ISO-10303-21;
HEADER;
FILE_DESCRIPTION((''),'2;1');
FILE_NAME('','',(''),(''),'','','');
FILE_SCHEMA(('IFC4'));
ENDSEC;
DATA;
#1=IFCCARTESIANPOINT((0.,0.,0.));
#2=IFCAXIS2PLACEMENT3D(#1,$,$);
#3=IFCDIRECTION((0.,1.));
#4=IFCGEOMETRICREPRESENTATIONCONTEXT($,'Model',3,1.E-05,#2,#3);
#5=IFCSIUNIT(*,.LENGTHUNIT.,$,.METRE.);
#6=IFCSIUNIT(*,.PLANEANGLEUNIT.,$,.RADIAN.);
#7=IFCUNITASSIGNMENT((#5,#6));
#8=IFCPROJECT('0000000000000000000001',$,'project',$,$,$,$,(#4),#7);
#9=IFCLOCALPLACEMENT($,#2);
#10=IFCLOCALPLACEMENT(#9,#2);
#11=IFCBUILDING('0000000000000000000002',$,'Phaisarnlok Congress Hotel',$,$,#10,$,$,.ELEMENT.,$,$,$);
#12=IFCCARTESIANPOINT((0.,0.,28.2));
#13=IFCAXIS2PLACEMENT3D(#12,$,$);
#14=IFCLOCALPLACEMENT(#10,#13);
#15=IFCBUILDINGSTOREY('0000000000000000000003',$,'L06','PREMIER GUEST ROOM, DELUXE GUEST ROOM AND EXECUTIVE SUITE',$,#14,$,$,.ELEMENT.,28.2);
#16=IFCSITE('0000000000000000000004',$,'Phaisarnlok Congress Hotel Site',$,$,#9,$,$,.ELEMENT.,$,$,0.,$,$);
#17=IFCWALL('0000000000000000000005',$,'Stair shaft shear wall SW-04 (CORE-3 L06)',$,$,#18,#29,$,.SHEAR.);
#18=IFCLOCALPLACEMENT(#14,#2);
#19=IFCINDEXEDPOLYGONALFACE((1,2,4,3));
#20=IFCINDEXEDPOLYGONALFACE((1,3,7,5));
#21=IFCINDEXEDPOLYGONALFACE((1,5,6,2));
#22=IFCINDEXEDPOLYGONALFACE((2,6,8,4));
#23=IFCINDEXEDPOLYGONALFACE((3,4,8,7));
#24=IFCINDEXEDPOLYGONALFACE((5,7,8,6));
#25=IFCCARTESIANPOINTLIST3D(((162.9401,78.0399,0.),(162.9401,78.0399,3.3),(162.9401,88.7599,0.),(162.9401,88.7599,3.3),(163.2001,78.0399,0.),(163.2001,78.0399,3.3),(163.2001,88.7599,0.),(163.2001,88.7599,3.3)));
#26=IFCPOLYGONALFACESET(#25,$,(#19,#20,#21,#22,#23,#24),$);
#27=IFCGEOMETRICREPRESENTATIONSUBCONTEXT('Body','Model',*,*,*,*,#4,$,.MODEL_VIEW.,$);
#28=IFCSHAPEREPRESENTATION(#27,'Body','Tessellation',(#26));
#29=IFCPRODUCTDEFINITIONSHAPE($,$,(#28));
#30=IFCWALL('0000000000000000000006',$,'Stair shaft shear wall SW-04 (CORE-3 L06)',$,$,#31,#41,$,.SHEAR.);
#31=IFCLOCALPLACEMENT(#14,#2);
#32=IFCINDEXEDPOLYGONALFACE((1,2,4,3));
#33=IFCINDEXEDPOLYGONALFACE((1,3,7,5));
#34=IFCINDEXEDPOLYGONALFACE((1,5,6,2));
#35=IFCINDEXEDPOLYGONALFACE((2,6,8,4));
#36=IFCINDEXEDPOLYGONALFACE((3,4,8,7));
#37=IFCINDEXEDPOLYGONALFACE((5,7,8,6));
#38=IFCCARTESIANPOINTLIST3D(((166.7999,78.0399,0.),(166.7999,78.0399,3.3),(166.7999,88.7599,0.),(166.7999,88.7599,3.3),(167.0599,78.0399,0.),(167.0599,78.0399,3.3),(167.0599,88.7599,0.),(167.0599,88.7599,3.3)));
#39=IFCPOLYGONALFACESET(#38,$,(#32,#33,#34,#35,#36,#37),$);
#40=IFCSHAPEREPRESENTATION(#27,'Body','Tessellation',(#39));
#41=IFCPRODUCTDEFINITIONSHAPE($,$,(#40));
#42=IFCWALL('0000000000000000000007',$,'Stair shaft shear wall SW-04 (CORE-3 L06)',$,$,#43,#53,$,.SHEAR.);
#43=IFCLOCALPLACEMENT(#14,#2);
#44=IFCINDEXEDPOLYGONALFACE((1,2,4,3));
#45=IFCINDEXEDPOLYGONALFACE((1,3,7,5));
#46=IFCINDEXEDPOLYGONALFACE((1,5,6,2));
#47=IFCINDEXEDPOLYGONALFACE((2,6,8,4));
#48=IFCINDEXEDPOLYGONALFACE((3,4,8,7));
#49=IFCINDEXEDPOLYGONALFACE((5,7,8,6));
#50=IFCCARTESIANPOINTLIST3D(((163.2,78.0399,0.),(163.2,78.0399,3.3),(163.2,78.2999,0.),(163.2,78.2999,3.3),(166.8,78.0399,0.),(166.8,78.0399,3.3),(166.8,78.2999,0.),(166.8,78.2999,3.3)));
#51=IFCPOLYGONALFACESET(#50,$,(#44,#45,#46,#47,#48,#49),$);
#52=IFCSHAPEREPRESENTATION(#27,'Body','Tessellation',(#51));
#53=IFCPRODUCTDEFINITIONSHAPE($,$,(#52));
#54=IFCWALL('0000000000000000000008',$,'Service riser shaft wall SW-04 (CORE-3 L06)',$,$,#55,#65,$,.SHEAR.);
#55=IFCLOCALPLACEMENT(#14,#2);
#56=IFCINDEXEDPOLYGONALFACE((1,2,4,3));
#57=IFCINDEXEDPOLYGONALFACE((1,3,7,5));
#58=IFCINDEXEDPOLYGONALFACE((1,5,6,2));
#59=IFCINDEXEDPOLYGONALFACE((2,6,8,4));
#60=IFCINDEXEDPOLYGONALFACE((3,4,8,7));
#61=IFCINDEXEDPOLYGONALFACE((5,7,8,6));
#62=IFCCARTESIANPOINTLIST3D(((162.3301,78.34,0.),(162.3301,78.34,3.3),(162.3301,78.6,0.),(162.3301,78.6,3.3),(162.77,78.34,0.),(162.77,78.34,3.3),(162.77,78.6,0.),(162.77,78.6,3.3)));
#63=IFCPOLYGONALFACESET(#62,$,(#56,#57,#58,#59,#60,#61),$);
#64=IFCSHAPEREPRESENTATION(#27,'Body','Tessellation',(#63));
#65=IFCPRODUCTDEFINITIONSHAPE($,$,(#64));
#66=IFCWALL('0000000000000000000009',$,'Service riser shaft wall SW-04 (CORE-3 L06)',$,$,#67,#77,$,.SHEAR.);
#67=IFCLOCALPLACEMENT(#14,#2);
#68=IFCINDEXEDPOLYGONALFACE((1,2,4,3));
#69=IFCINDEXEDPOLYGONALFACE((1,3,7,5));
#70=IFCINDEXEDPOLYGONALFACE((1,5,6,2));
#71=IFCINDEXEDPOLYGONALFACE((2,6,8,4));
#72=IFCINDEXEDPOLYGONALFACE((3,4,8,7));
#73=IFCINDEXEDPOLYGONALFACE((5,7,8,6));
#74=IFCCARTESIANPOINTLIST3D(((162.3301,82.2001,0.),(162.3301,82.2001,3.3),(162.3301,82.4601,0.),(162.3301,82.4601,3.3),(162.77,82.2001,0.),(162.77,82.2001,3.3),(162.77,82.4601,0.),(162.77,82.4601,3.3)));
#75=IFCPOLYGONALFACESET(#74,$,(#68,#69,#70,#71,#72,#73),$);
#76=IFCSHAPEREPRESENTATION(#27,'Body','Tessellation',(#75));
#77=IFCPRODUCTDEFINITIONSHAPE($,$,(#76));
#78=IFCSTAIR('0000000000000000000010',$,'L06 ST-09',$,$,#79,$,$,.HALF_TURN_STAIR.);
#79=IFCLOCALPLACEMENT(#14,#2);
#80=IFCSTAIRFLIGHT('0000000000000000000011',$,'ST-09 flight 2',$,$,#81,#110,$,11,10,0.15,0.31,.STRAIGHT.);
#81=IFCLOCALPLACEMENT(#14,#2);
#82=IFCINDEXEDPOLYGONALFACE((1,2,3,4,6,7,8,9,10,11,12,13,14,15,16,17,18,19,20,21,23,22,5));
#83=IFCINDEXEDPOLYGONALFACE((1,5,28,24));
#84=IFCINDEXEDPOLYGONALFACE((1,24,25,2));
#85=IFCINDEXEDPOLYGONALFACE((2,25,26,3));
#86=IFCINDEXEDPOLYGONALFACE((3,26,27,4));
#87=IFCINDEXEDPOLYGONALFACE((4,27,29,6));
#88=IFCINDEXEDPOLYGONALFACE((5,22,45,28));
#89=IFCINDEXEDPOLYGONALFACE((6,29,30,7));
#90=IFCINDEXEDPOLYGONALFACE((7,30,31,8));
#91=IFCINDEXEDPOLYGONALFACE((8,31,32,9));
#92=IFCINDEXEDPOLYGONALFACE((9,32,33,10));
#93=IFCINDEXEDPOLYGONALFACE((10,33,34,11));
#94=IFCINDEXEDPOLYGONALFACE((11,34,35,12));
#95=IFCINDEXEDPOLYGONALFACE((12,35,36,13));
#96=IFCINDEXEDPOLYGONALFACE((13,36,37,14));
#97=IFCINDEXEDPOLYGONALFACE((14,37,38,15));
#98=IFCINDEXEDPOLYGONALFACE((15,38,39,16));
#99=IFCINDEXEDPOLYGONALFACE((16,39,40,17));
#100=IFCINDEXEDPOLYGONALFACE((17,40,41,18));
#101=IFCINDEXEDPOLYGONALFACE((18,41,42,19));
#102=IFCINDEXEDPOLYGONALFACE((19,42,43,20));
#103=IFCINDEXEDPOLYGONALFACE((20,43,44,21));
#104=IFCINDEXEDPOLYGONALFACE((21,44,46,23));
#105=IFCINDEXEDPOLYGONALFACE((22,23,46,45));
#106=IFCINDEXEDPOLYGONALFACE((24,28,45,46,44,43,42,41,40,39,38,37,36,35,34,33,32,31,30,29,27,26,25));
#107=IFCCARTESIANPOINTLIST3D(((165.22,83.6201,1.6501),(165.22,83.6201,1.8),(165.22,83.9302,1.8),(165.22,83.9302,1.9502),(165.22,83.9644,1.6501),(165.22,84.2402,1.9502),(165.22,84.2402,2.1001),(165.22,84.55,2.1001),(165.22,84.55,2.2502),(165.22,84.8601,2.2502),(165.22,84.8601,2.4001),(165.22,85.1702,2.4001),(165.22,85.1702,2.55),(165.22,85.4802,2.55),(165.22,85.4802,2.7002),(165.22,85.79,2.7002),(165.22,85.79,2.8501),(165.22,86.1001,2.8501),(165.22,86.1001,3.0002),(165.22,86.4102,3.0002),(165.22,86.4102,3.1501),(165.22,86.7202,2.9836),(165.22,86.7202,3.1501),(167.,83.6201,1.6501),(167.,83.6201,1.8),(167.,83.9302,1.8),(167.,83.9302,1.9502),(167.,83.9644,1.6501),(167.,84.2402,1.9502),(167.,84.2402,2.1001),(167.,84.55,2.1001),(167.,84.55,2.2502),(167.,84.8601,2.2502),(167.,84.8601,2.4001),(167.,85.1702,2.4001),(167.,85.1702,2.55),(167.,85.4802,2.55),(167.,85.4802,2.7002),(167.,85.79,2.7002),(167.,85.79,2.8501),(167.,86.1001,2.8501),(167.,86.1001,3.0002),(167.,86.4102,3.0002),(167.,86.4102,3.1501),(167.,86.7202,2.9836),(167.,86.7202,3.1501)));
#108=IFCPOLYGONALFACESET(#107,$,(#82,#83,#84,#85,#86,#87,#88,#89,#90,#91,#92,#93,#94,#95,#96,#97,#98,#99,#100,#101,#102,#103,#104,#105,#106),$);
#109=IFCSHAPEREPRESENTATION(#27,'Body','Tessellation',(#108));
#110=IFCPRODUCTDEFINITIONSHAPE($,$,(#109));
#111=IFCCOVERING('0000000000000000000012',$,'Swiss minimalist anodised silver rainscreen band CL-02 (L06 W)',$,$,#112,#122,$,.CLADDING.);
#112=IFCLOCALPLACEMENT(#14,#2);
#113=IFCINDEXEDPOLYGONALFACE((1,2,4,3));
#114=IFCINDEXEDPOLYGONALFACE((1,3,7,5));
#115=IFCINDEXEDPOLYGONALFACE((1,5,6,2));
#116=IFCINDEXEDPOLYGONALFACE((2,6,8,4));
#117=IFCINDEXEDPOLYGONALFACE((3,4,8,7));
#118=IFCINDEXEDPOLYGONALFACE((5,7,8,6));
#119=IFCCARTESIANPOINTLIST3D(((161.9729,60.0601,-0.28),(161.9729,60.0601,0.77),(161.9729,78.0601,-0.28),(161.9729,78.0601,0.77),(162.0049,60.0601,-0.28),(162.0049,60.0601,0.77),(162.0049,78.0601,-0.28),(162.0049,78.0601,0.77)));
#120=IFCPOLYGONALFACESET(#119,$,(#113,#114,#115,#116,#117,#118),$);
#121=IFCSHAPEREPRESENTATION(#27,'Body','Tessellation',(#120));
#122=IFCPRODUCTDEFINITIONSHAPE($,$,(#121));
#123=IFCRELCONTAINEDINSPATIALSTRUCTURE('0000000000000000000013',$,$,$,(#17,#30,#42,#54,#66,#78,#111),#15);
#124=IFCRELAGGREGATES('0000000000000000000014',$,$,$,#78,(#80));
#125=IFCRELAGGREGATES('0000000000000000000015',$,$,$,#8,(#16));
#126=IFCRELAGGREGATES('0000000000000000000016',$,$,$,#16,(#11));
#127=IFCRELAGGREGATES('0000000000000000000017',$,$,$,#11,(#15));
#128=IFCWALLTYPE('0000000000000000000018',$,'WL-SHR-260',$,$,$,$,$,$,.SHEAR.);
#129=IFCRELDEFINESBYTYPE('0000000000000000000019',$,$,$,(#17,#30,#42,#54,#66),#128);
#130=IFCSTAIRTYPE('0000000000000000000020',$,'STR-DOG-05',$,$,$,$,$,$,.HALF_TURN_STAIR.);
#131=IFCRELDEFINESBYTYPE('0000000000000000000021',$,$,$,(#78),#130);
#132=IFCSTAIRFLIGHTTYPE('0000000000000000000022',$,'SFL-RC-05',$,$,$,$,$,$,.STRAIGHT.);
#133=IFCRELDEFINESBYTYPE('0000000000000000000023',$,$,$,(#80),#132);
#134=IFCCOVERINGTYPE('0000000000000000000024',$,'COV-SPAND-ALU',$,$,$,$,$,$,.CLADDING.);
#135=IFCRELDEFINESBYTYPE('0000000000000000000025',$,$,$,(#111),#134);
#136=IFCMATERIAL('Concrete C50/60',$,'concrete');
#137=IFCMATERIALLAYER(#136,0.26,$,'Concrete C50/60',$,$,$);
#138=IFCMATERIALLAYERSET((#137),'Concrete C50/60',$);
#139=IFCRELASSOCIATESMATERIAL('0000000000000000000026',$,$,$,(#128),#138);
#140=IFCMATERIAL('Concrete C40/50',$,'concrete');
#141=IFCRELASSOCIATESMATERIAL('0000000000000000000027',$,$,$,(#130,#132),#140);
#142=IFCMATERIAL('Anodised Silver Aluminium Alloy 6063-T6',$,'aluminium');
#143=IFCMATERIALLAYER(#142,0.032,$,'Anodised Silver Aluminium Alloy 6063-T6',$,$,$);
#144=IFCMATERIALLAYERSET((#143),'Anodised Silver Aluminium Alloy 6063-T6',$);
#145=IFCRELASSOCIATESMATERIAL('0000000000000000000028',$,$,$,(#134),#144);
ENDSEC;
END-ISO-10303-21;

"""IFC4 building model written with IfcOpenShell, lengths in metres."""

from ifc_helpers import new_model, si_unit, direction, frame, frame_2d, origin, place, context, subcontext, project, spatial, polyline, rectangle, outline, extrude, material, layer, layer_set, type_object, element, aggregate, save


model = new_model("IFC4")

# Units and contexts
model_context = context("Model", 3, precision=1e-05, world=origin(), true_north=direction((0.0, 1.0)))
body_context = subcontext(model_context, "Body", "Model", "MODEL_VIEW")
ifc_project = project(units=[si_unit("LENGTHUNIT", "METRE"), si_unit("PLANEANGLEUNIT", "RADIAN")], contexts=[model_context])

# Site, building, storey
site_placement = place(None, origin())
site = spatial("IfcSite", under=ifc_project, at=site_placement, Name="Phaisarnlok Congress Hotel Site", CompositionType="ELEMENT", RefElevation=0.0)
building_placement = place(site_placement, origin())
building = spatial("IfcBuilding", under=site, at=building_placement, Name="Phaisarnlok Congress Hotel", CompositionType="ELEMENT")
storey_placement = place(building_placement, frame((0.0, 0.0, 28.2)))
storey = spatial("IfcBuildingStorey", under=building, at=storey_placement, Name="L06", Description="PREMIER GUEST ROOM, DELUXE GUEST ROOM AND EXECUTIVE SUITE", CompositionType="ELEMENT", Elevation=28.2)

# Shared definitions
ifc_material_1 = material(Name="Concrete C50/60", Category="concrete")

# Shared definitions
ifc_material_2 = material(Name="Concrete C40/50", Category="concrete")

# Walls
ifc_layer_1 = layer(ifc_material_1, 0.26, Name="Concrete C50/60")
ifc_layer_set_1 = layer_set([ifc_layer_1], Name="Concrete C50/60")
wall_type_1 = type_object("IfcWallType", Name="WL-SHR-260", PredefinedType="SHEAR", material=ifc_layer_set_1)
for number, where, z_axis, x_axis, name in (
    (1, (163.0701, 78.04, 0.0), (0.0, 0.0, 1.0), (0.0, 1.0, 0.0), "Stair shaft shear wall SW-04 (CORE-3 L06)"),
    (2, (166.9299, 78.04, 0.0), (0.0, 0.0, 1.0), (0.0, 1.0, 0.0), "Stair shaft shear wall SW-04 (CORE-3 L06)"),
):
    element("IfcWall", number, at=place(storey_placement, frame(where, z_axis=z_axis, x_axis=x_axis)), inside=storey, type_object=wall_type_1, Name=name, PredefinedType="SHEAR", context=body_context, shape_type="SweptSolid", body=[
        extrude(rectangle(XDim=10.72, YDim=0.26, at=frame_2d((5.3599, 0.0))), origin(), (0.0, 0.0, 1.0), 3.3),
    ])
wall_1_placement = place(storey_placement, frame((163.2, 78.1699, 0.0), z_axis=(0.0, 0.0, 1.0), x_axis=(1.0, 0.0, 0.0)))
element("IfcWall", 3, at=wall_1_placement, inside=storey, type_object=wall_type_1, Name="Stair shaft shear wall SW-04 (CORE-3 L06)", PredefinedType="SHEAR", context=body_context, shape_type="SweptSolid", body=[
    extrude(rectangle(XDim=3.6001, YDim=0.26, at=frame_2d((1.8, 0.0))), origin(), (0.0, 0.0, 1.0), 3.3),
])
for number, where, z_axis, x_axis, name in (
    (4, (162.3301, 78.47, 0.0), (0.0, 0.0, 1.0), (1.0, 0.0, 0.0), "Service riser shaft wall SW-04 (CORE-3 L06)"),
    (5, (162.3301, 82.3301, 0.0), (0.0, 0.0, 1.0), (1.0, 0.0, 0.0), "Service riser shaft wall SW-04 (CORE-3 L06)"),
):
    element("IfcWall", number, at=place(storey_placement, frame(where, z_axis=z_axis, x_axis=x_axis)), inside=storey, type_object=wall_type_1, Name=name, PredefinedType="SHEAR", context=body_context, shape_type="SweptSolid", body=[
        extrude(rectangle(XDim=0.4399, YDim=0.26, at=frame_2d((0.22, 0.0))), origin(), (0.0, 0.0, 1.0), 3.3),
    ])

# Stair, stair flight
stair_type = type_object("IfcStairType", Name="STR-DOG-05", PredefinedType="HALF_TURN_STAIR", material=ifc_material_2)
stair_placement = place(storey_placement, origin())
stair = element("IfcStair", 6, at=stair_placement, inside=storey, type_object=stair_type, Name="L06 ST-09", PredefinedType="HALF_TURN_STAIR")
stair_flight_type = type_object("IfcStairFlightType", Name="SFL-RC-05", PredefinedType="STRAIGHT", material=ifc_material_2)
stair_flight_placement = place(storey_placement, frame((166.1101, 83.6201, 1.6501), z_axis=(0.0, 0.0, 1.0), x_axis=(0.0, 1.0, 0.0)))
stair_flight = element("IfcStairFlight", 7, at=stair_flight_placement, type_object=stair_flight_type, Name="ST-09 flight 2", NumberOfRisers=11, NumberOfTreads=10, PredefinedType="STRAIGHT", RiserHeight=0.15, TreadLength=0.31, context=body_context, shape_type="SweptSolid", body=[
    extrude(outline(polyline([(0.0, 0.0), (0.0, 0.1499), (0.3101, 0.1499), (0.3101, 0.3), (0.6201, 0.3), (0.6201, 0.45), (0.9299, 0.45), (0.9299, 0.6001), (1.24, 0.6001), (1.24, 0.75), (1.55, 0.75), (1.55, 0.8999), (1.8601, 0.8999), (1.8601, 1.05), (2.1699, 1.05), (2.1699, 1.2), (2.48, 1.2), (2.48, 1.3501), (2.79, 1.3501), (2.79, 1.5), (3.1001, 1.5), (3.1001, 1.6499), (3.1001, 1.3335), (0.3442, 0.0), (0.0, 0.0)])), frame((0.0, 0.8901, 0.0), z_axis=(0.0, -1.0, 0.0), x_axis=(1.0, 0.0, 0.0)), (0.0, 0.0, 1.0), 1.78),
])
aggregate(stair, [stair_flight])

# Covering
ifc_material_3 = material(Name="Anodised Silver Aluminium Alloy 6063-T6", Category="aluminium")
ifc_layer_2 = layer(ifc_material_3, 0.032, Name="Anodised Silver Aluminium Alloy 6063-T6")
ifc_layer_set_2 = layer_set([ifc_layer_2], Name="Anodised Silver Aluminium Alloy 6063-T6")
covering_type = type_object("IfcCoveringType", Name="COV-SPAND-ALU", PredefinedType="CLADDING", material=ifc_layer_set_2)
covering_placement = place(storey_placement, frame((162.0049, 78.0601, -0.28), z_axis=(-1.0, 0.0, 0.0), x_axis=(0.0, -1.0, 0.0)))
element("IfcCovering", 8, at=covering_placement, inside=storey, type_object=covering_type, Name="Swiss minimalist anodised silver rainscreen band CL-02 (L06 W)", PredefinedType="CLADDING", context=body_context, shape_type="SweptSolid", body=[
    extrude(outline(polyline([(0.0, 0.0), (18.0, 0.0), (18.0, 1.05), (0.0, 1.05), (0.0, 0.0)])), origin(), (0.0, 0.0, 1.0), 0.032),
])

save(model, "model.ifc")
